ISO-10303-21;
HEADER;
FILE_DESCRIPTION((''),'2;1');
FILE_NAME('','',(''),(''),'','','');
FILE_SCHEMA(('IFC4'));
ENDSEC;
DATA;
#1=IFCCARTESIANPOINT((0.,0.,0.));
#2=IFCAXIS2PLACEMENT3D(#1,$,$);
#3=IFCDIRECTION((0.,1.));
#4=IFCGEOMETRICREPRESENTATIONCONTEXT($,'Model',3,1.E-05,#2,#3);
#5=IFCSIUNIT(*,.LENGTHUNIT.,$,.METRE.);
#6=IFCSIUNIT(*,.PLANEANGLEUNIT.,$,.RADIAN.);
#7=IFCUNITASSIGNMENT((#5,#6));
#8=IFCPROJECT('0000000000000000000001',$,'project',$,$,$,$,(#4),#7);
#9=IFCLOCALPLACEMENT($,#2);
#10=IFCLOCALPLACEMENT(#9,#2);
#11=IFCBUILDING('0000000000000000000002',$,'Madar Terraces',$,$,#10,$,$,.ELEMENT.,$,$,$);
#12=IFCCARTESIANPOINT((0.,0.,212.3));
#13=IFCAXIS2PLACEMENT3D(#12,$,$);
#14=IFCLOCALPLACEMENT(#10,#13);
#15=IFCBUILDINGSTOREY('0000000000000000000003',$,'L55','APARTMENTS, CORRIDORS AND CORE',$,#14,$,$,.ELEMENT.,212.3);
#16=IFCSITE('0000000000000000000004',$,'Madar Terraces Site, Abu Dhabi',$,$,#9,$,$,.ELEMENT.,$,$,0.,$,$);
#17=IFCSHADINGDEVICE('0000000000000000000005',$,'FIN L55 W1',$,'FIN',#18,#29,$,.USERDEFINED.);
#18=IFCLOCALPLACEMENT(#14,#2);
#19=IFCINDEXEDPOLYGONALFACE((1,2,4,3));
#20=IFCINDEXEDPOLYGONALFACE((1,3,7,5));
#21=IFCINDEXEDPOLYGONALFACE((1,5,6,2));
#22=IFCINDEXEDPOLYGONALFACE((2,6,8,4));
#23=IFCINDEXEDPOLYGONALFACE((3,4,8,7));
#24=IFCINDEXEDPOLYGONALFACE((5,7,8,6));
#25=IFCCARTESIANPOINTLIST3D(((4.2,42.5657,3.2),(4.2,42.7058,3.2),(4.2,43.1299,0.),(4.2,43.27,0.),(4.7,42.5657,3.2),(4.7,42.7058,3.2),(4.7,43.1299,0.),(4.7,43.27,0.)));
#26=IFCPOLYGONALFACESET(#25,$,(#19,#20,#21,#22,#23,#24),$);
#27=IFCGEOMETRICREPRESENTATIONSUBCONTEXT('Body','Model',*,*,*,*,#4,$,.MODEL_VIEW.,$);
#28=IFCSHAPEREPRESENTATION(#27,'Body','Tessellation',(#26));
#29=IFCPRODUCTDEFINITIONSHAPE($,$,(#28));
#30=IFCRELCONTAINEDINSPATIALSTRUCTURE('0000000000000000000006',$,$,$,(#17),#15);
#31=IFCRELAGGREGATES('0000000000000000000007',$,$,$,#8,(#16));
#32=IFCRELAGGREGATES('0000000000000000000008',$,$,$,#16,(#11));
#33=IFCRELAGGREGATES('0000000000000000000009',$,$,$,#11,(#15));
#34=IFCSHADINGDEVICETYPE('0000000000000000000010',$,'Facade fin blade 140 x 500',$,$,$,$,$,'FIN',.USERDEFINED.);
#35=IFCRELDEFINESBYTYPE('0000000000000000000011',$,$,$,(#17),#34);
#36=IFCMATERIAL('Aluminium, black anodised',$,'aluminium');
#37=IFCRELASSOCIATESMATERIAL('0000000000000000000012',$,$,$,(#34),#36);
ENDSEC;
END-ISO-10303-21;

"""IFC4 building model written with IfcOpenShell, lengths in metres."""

from ifc_helpers import new_model, si_unit, direction, frame, origin, place, context, subcontext, project, spatial, polyline, outline, extrude, material, type_object, element, save


model = new_model("IFC4")

# Units and contexts
model_context = context("Model", 3, precision=1e-05, world=origin(), true_north=direction((0.0, 1.0)))
body_context = subcontext(model_context, "Body", "Model", "MODEL_VIEW")
ifc_project = project(units=[si_unit("LENGTHUNIT", "METRE"), si_unit("PLANEANGLEUNIT", "RADIAN")], contexts=[model_context])

# Site, building, storey
site_placement = place(None, origin())
site = spatial("IfcSite", under=ifc_project, at=site_placement, Name="Madar Terraces Site, Abu Dhabi", CompositionType="ELEMENT", RefElevation=0.0)
building_placement = place(site_placement, origin())
building = spatial("IfcBuilding", under=site, at=building_placement, Name="Madar Terraces", CompositionType="ELEMENT")
storey_placement = place(building_placement, frame((0.0, 0.0, 212.3)))
storey = spatial("IfcBuildingStorey", under=building, at=storey_placement, Name="L55", Description="APARTMENTS, CORRIDORS AND CORE", CompositionType="ELEMENT", Elevation=212.3)

# Shading device
ifc_material_1 = material(Name="Aluminium, black anodised", Category="aluminium")
shading_device_type = type_object("IfcShadingDeviceType", Name="Facade fin blade 140 x 500", ElementType="FIN", PredefinedType="USERDEFINED", material=ifc_material_1)
shading_device_placement = place(storey_placement, frame((4.45, 43.27, 0.0), z_axis=(0.0, 0.0, 1.0), x_axis=(0.0, -1.0, 0.0)))
element("IfcShadingDevice", 1, at=shading_device_placement, inside=storey, type_object=shading_device_type, Name="FIN L55 W1", ObjectType="FIN", PredefinedType="USERDEFINED", context=body_context, shape_type="SweptSolid", body=[
    extrude(outline(polyline([(0.0, 0.0), (0.1401, 0.0), (0.7043, 3.2), (0.5642, 3.2), (0.0, 0.0)])), frame((0.0, 0.25, 0.0), z_axis=(0.0, -1.0, 0.0), x_axis=(1.0, 0.0, 0.0)), (0.0, 0.0, 1.0), 0.5),
])

save(model, "model.ifc")
